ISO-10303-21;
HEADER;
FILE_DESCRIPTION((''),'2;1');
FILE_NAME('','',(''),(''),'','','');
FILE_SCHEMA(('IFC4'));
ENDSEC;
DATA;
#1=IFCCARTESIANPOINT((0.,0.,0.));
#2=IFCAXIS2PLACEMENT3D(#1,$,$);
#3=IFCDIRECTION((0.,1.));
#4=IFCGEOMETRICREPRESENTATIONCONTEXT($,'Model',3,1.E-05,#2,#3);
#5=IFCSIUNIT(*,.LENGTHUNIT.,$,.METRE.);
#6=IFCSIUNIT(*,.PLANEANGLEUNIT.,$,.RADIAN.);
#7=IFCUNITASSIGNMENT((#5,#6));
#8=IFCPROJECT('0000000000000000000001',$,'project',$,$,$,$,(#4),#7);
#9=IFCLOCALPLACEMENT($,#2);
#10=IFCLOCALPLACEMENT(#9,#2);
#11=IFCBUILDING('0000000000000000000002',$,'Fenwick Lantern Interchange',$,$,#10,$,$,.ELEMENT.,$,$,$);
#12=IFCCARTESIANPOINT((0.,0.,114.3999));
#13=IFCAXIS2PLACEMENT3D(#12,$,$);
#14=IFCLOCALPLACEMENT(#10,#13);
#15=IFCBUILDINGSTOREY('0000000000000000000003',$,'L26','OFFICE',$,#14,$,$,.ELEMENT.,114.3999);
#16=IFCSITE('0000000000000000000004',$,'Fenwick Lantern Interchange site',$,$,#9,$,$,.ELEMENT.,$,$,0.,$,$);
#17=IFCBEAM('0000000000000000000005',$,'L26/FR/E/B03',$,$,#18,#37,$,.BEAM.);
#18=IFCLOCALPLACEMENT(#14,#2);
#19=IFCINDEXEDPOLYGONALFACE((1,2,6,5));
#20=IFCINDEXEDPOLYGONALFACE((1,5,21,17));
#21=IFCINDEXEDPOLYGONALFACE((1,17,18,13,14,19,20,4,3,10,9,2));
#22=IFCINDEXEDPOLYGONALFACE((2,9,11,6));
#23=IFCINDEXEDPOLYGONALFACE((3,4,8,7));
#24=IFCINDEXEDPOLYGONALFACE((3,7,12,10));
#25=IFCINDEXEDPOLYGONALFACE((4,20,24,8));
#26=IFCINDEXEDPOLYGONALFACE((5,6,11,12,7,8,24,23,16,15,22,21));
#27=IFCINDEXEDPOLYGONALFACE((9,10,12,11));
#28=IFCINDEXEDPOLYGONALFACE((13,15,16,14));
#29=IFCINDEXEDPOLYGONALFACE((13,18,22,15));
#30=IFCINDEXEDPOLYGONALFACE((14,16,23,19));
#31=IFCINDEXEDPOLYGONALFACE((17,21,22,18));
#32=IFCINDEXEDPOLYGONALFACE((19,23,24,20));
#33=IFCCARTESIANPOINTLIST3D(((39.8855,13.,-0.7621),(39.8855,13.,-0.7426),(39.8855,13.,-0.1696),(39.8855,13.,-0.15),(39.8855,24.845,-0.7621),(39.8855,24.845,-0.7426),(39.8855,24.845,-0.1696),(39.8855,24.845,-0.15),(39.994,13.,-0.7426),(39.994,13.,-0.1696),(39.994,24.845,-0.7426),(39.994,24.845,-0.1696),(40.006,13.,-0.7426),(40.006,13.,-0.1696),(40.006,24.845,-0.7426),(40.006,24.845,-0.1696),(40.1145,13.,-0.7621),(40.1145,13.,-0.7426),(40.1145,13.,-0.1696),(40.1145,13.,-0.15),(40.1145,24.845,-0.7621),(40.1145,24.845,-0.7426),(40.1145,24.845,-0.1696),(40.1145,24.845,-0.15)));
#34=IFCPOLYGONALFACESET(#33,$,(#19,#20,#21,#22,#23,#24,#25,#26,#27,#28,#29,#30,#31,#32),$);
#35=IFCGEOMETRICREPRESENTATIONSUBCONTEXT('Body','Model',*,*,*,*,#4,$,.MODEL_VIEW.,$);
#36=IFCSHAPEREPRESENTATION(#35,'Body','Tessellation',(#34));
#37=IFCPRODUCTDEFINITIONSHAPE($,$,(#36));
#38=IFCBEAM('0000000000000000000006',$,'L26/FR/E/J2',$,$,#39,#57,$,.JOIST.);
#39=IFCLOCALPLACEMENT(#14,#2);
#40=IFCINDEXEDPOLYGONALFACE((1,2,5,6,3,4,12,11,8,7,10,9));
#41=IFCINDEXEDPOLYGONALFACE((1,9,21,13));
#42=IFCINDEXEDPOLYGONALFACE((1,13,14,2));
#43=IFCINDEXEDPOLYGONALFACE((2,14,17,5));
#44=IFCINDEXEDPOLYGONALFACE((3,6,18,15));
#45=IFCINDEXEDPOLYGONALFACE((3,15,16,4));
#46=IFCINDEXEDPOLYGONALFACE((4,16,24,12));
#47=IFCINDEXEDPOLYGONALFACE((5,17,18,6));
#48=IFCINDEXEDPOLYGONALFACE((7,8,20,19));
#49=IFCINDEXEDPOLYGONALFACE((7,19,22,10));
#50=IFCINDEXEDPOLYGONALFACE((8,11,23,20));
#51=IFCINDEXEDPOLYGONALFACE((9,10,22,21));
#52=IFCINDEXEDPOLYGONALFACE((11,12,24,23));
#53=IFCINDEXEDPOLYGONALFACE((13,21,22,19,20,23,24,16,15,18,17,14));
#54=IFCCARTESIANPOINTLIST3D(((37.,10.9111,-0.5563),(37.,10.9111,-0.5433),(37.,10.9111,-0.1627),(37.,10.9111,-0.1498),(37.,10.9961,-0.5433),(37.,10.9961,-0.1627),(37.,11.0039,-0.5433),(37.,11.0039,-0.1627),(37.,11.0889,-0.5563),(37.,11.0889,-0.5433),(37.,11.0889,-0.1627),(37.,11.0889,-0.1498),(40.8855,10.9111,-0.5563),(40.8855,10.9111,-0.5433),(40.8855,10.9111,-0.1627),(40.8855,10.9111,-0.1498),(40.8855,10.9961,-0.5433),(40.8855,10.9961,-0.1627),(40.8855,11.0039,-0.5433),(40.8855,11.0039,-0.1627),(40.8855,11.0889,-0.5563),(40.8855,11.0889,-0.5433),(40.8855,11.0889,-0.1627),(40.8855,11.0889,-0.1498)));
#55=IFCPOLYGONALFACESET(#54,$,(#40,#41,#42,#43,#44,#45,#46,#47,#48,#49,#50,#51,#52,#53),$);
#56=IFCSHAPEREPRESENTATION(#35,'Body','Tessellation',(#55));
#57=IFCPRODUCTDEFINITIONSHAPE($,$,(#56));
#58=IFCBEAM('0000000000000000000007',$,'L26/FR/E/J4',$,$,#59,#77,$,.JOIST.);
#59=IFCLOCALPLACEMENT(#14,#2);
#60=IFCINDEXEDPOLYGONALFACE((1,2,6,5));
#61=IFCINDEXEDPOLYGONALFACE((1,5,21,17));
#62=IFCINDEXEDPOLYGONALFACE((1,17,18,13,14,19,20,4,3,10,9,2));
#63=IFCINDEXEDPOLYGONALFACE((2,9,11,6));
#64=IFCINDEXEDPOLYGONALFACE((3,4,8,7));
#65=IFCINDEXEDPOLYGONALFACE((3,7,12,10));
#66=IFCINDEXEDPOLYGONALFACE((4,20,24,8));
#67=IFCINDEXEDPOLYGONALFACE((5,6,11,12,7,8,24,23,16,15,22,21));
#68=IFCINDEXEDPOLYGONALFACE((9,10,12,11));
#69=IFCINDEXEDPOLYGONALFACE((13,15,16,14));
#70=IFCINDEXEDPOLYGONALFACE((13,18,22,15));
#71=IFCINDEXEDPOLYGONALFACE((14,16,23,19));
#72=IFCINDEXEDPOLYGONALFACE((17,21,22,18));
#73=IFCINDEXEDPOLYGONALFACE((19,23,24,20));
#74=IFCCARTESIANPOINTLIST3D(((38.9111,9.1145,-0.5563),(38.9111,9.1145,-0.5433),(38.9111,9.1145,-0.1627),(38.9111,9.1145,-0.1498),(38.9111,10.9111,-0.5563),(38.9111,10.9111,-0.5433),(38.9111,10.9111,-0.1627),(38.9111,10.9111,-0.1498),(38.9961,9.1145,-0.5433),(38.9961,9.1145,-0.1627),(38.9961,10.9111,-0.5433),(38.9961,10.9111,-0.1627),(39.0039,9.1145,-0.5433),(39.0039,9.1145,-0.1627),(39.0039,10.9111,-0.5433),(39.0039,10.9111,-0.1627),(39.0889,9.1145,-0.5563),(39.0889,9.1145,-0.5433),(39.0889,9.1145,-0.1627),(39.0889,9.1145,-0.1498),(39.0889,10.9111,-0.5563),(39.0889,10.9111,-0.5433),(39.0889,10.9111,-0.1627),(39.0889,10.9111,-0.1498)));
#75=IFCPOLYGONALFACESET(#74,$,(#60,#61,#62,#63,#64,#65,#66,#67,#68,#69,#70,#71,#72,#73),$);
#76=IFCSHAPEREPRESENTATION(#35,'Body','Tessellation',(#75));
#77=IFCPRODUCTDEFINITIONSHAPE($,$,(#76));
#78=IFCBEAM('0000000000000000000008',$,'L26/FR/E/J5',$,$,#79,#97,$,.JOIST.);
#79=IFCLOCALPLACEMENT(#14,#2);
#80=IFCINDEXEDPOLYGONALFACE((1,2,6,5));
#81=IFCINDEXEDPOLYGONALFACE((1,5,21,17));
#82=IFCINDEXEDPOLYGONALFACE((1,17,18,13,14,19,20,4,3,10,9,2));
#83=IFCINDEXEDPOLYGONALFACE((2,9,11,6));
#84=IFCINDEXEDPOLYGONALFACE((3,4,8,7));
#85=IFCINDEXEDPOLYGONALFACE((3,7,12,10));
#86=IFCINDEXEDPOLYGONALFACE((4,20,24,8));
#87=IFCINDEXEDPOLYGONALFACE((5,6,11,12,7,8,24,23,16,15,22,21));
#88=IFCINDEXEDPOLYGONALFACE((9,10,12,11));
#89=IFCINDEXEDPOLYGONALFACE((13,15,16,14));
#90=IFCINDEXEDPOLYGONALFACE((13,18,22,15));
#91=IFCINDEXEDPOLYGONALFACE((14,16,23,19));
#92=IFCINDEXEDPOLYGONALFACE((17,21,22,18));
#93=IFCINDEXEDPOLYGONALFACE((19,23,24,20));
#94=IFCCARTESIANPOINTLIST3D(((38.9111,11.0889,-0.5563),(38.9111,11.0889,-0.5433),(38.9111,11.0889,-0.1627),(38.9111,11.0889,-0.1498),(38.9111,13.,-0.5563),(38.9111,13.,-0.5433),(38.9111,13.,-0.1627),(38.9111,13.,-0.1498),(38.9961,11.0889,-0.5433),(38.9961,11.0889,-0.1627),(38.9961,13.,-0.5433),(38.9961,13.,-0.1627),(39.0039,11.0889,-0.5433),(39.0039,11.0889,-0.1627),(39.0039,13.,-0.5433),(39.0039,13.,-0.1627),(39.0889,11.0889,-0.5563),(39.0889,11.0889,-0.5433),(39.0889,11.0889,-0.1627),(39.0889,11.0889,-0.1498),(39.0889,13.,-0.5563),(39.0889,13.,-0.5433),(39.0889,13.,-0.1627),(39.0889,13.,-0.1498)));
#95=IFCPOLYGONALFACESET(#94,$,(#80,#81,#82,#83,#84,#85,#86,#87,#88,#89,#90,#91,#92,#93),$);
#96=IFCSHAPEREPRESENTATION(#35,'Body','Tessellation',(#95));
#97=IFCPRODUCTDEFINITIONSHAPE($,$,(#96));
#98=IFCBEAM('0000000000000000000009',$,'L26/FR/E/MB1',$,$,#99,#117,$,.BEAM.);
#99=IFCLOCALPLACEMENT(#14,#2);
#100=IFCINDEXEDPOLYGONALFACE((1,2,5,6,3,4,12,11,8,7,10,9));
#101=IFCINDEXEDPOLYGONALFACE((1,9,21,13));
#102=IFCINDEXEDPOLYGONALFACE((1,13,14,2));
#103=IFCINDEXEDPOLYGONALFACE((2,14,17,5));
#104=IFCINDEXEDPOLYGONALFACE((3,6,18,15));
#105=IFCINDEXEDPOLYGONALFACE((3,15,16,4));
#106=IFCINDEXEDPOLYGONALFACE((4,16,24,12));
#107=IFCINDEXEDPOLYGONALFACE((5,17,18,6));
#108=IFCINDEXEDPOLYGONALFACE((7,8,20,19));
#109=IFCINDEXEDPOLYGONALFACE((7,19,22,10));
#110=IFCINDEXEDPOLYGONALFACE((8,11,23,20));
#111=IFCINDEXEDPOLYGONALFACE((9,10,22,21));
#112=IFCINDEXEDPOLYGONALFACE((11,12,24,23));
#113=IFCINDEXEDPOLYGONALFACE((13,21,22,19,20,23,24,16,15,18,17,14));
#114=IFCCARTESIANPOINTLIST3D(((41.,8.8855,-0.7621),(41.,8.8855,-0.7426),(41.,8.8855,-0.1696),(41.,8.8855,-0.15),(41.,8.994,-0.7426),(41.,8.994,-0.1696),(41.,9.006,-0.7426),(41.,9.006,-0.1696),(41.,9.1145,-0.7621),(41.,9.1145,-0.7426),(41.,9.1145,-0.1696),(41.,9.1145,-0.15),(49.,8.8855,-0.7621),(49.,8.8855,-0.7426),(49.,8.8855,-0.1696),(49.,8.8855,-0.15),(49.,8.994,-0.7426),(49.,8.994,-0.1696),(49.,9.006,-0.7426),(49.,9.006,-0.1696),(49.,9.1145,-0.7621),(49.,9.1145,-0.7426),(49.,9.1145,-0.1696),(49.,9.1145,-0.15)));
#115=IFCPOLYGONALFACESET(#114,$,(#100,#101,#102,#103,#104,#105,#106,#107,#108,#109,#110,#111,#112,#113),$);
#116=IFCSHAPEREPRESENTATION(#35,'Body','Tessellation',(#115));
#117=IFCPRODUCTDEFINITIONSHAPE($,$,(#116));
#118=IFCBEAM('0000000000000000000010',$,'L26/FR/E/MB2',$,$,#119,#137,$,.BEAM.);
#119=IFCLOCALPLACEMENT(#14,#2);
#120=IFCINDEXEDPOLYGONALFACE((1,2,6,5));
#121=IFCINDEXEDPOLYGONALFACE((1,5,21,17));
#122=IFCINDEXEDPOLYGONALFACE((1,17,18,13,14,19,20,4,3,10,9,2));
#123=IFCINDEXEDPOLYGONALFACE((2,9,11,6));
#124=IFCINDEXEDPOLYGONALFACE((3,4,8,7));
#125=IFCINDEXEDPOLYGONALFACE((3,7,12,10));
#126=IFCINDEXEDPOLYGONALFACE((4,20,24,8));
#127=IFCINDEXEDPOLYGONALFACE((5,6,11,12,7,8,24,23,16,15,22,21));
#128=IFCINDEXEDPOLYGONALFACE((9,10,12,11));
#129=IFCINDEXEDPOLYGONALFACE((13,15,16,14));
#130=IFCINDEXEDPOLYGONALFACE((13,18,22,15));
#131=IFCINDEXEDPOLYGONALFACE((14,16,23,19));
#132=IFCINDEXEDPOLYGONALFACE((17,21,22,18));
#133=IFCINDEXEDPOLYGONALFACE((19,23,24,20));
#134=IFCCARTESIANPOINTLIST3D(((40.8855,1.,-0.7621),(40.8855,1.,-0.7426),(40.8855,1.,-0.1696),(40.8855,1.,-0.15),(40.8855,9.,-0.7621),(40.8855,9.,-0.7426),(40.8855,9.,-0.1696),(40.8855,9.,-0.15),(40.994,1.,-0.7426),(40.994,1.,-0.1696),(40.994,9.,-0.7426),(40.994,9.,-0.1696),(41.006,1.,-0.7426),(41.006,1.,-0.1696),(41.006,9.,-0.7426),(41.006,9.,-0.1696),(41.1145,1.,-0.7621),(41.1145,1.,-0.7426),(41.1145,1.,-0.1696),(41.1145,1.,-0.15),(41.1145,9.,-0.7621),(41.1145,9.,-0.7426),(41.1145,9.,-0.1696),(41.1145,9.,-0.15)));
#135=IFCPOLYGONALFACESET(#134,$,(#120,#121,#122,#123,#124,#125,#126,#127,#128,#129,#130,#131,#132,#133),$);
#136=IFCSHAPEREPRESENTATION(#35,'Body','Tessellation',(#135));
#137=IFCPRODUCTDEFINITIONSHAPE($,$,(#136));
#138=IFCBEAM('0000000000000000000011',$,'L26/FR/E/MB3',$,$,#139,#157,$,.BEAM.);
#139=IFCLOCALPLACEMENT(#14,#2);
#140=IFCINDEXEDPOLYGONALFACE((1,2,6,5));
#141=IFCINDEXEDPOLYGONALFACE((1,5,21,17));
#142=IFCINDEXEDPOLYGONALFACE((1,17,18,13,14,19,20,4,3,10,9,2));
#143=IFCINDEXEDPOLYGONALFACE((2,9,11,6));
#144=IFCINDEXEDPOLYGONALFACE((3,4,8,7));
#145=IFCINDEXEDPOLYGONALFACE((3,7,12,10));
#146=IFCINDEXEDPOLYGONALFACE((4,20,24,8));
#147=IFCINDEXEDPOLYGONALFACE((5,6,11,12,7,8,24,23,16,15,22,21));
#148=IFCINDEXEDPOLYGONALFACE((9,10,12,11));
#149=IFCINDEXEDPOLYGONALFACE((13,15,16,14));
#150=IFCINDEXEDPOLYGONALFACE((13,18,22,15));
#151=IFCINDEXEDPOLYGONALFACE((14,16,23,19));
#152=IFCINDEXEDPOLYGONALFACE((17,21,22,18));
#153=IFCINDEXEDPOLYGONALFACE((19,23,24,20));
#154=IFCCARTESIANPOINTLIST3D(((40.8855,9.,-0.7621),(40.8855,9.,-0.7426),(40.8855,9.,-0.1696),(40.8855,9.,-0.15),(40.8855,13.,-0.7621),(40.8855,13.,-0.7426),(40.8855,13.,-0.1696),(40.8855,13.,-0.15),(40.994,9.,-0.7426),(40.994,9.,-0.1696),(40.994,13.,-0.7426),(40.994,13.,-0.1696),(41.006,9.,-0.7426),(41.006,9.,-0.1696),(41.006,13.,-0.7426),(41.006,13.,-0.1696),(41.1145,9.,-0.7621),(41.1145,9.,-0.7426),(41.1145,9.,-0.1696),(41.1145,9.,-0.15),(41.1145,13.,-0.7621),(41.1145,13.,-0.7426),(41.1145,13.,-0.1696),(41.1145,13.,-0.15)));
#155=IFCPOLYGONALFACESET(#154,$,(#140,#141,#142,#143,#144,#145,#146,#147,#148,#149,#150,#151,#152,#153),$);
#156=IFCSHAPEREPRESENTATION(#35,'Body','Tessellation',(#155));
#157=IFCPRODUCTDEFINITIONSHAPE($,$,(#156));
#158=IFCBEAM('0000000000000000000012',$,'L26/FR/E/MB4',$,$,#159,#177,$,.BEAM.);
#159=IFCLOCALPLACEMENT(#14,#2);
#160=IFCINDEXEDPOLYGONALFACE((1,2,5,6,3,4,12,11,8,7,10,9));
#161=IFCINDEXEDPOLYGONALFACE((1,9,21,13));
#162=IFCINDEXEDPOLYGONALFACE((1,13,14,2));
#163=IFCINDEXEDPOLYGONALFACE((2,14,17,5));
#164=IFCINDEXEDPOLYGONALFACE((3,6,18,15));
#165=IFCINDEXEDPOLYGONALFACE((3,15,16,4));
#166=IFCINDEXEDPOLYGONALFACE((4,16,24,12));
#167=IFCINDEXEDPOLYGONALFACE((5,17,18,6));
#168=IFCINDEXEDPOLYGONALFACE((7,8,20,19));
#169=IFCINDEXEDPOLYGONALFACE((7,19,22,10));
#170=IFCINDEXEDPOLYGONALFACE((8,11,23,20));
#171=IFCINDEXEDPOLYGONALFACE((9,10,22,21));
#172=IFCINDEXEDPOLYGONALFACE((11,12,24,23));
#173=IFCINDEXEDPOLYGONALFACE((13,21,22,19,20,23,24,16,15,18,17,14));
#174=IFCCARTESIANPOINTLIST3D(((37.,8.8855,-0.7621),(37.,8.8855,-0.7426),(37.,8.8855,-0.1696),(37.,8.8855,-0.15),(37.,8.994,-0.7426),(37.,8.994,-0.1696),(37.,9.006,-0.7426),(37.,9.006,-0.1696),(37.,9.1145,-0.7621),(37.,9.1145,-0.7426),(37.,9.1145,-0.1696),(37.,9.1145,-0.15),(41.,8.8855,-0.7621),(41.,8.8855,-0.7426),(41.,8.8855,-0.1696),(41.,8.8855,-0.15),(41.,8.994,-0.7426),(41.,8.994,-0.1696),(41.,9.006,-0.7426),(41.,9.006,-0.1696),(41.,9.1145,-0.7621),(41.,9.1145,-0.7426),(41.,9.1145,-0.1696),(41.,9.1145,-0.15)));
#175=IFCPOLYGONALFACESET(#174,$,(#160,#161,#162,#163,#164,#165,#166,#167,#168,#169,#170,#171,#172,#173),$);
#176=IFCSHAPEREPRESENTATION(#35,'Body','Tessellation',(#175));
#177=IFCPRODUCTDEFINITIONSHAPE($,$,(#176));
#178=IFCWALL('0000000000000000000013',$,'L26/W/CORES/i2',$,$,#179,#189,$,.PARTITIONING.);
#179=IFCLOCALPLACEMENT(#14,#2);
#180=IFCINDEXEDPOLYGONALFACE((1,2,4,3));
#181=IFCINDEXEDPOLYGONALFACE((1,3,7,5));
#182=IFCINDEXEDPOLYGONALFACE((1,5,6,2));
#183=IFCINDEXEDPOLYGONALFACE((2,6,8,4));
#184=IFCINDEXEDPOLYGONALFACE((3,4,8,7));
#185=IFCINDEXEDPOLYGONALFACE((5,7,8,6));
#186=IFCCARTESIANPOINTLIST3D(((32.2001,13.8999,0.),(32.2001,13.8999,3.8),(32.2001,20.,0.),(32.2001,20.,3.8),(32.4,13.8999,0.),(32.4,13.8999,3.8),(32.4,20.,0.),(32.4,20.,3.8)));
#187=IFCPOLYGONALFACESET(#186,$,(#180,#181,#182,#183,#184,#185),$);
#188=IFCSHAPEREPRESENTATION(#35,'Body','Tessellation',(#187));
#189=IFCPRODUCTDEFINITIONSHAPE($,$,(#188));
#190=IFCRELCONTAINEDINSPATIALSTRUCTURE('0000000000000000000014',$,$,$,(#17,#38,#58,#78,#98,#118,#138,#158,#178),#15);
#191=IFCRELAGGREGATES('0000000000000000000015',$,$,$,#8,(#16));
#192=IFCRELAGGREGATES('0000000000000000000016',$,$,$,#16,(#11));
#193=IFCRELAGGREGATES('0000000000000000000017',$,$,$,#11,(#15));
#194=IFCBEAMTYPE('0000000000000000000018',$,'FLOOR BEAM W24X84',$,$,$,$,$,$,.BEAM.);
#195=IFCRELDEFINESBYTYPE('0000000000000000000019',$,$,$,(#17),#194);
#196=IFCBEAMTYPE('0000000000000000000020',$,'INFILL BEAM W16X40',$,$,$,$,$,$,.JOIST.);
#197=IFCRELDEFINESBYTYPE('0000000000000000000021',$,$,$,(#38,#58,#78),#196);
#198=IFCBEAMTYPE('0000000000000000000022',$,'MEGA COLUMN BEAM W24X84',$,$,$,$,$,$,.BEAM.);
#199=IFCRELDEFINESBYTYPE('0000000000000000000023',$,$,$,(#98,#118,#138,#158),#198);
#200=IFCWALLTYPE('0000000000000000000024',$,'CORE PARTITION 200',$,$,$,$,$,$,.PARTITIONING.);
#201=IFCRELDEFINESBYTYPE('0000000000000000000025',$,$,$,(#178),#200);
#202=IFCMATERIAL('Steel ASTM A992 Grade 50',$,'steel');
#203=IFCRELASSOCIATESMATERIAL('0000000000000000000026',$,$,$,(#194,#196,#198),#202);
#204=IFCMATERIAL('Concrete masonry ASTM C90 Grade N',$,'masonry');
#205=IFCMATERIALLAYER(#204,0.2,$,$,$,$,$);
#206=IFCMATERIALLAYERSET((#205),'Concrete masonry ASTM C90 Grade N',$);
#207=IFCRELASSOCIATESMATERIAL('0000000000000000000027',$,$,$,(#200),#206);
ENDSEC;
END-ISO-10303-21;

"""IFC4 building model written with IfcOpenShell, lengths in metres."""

from ifc_helpers import new_model, si_unit, direction, frame, frame_2d, origin, origin_2d, place, context, subcontext, project, spatial, rectangle, i_section, extrude, material, layer, layer_set, material_profile, profile_set, type_object, element, save


model = new_model("IFC4")

# Units and contexts
model_context = context("Model", 3, precision=1e-05, world=origin(), true_north=direction((0.0, 1.0)))
body_context = subcontext(model_context, "Body", "Model", "MODEL_VIEW")
ifc_project = project(units=[si_unit("LENGTHUNIT", "METRE"), si_unit("PLANEANGLEUNIT", "RADIAN")], contexts=[model_context])

# Site, building, storey
site_placement = place(None, origin())
site = spatial("IfcSite", under=ifc_project, at=site_placement, Name="Fenwick Lantern Interchange site", CompositionType="ELEMENT", RefElevation=0.0)
building_placement = place(site_placement, origin())
building = spatial("IfcBuilding", under=site, at=building_placement, Name="Fenwick Lantern Interchange", CompositionType="ELEMENT")
storey_placement = place(building_placement, frame((0.0, 0.0, 114.3999)))
storey = spatial("IfcBuildingStorey", under=building, at=storey_placement, Name="L26", Description="OFFICE", CompositionType="ELEMENT", Elevation=114.3999)

# Beams
ifc_material_1 = material(Name="Steel ASTM A992 Grade 50", Category="steel")
ifc_material_profile_1 = material_profile(ifc_material_1, i_section(OverallWidth=0.229, OverallDepth=0.6121, WebThickness=0.012, FlangeThickness=0.0195, at=origin_2d()), Name="W24X84")
ifc_profile_set_1 = profile_set([ifc_material_profile_1], Name="Steel ASTM A992 Grade 50")
beam_type_1 = type_object("IfcBeamType", Name="FLOOR BEAM W24X84", PredefinedType="BEAM", material=ifc_profile_set_1)
beam_1_placement = place(storey_placement, frame((40.0, 13.0, -0.4561), z_axis=(0.0, 1.0, 0.0), x_axis=(-1.0, 0.0, 0.0)))
element("IfcBeam", 1, at=beam_1_placement, inside=storey, type_object=beam_type_1, Name="L26/FR/E/B03", PredefinedType="BEAM", context=body_context, shape_type="SweptSolid", body=[
    extrude(i_section(OverallWidth=0.229, OverallDepth=0.6121, WebThickness=0.012, FlangeThickness=0.0195, at=origin_2d()), origin(), (0.0, 0.0, 1.0), 11.845),
])
ifc_material_profile_2 = material_profile(ifc_material_1, i_section(OverallWidth=0.1777, OverallDepth=0.4065, WebThickness=0.0078, FlangeThickness=0.0129, at=origin_2d()), Name="W16X40")
ifc_profile_set_2 = profile_set([ifc_material_profile_2], Name="Steel ASTM A992 Grade 50")
beam_type_2 = type_object("IfcBeamType", Name="INFILL BEAM W16X40", PredefinedType="JOIST", material=ifc_profile_set_2)
beam_2_placement = place(storey_placement, frame((40.8855, 11.0, -0.353), z_axis=(-1.0, 0.0, 0.0), x_axis=(0.0, -1.0, 0.0)))
element("IfcBeam", 2, at=beam_2_placement, inside=storey, type_object=beam_type_2, Name="L26/FR/E/J2", PredefinedType="JOIST", context=body_context, shape_type="SweptSolid", body=[
    extrude(i_section(OverallWidth=0.1777, OverallDepth=0.4065, WebThickness=0.0078, FlangeThickness=0.0129, at=origin_2d()), origin(), (0.0, 0.0, 1.0), 3.8855),
])
beam_3_placement = place(storey_placement, frame((39.0, 9.1145, -0.353), z_axis=(0.0, 1.0, 0.0), x_axis=(-1.0, 0.0, 0.0)))
element("IfcBeam", 3, at=beam_3_placement, inside=storey, type_object=beam_type_2, Name="L26/FR/E/J4", PredefinedType="JOIST", context=body_context, shape_type="SweptSolid", body=[
    extrude(i_section(OverallWidth=0.1777, OverallDepth=0.4065, WebThickness=0.0078, FlangeThickness=0.0129, at=origin_2d()), origin(), (0.0, 0.0, 1.0), 1.7966),
])
beam_4_placement = place(storey_placement, frame((39.0, 11.0889, -0.353), z_axis=(0.0, 1.0, 0.0), x_axis=(-1.0, 0.0, 0.0)))
element("IfcBeam", 4, at=beam_4_placement, inside=storey, type_object=beam_type_2, Name="L26/FR/E/J5", PredefinedType="JOIST", context=body_context, shape_type="SweptSolid", body=[
    extrude(i_section(OverallWidth=0.1777, OverallDepth=0.4065, WebThickness=0.0078, FlangeThickness=0.0129, at=origin_2d()), origin(), (0.0, 0.0, 1.0), 1.9111),
])
ifc_material_profile_3 = material_profile(ifc_material_1, i_section(OverallWidth=0.229, OverallDepth=0.6121, WebThickness=0.012, FlangeThickness=0.0195, at=origin_2d()), Name="W24X84")
ifc_profile_set_3 = profile_set([ifc_material_profile_3], Name="Steel ASTM A992 Grade 50")
beam_type_3 = type_object("IfcBeamType", Name="MEGA COLUMN BEAM W24X84", PredefinedType="BEAM", material=ifc_profile_set_3)
for number, where, z_axis, x_axis, name in (
    (5, (41.0, 9.0, -0.4561), (1.0, 0.0, 0.0), (0.0, 1.0, 0.0), "L26/FR/E/MB1"),
    (6, (41.0, 9.0, -0.4561), (0.0, -1.0, 0.0), (1.0, 0.0, 0.0), "L26/FR/E/MB2"),
):
    element("IfcBeam", number, at=place(storey_placement, frame(where, z_axis=z_axis, x_axis=x_axis)), inside=storey, type_object=beam_type_3, Name=name, PredefinedType="BEAM", context=body_context, shape_type="SweptSolid", body=[
        extrude(i_section(OverallWidth=0.229, OverallDepth=0.6121, WebThickness=0.012, FlangeThickness=0.0195, at=origin_2d()), origin(), (0.0, 0.0, 1.0), 8.0),
    ])
for number, where, z_axis, x_axis, name in (
    (7, (41.0, 9.0, -0.4561), (0.0, 1.0, 0.0), (-1.0, 0.0, 0.0), "L26/FR/E/MB3"),
    (8, (41.0, 9.0, -0.4561), (-1.0, 0.0, 0.0), (0.0, -1.0, 0.0), "L26/FR/E/MB4"),
):
    element("IfcBeam", number, at=place(storey_placement, frame(where, z_axis=z_axis, x_axis=x_axis)), inside=storey, type_object=beam_type_3, Name=name, PredefinedType="BEAM", context=body_context, shape_type="SweptSolid", body=[
        extrude(i_section(OverallWidth=0.229, OverallDepth=0.6121, WebThickness=0.012, FlangeThickness=0.0195, at=origin_2d()), origin(), (0.0, 0.0, 1.0), 4.0),
    ])

# Wall
ifc_material_2 = material(Name="Concrete masonry ASTM C90 Grade N", Category="masonry")
ifc_layer_1 = layer(ifc_material_2, 0.2)
ifc_layer_set_1 = layer_set([ifc_layer_1], Name="Concrete masonry ASTM C90 Grade N")
wall_type_1 = type_object("IfcWallType", Name="CORE PARTITION 200", PredefinedType="PARTITIONING", material=ifc_layer_set_1)
wall_1_placement = place(storey_placement, frame((32.3, 13.8999, 0.0), z_axis=(0.0, 0.0, 1.0), x_axis=(0.0, 1.0, 0.0)))
element("IfcWall", 9, at=wall_1_placement, inside=storey, type_object=wall_type_1, Name="L26/W/CORES/i2", PredefinedType="PARTITIONING", context=body_context, shape_type="SweptSolid", body=[
    extrude(rectangle(XDim=6.1001, YDim=0.2, at=frame_2d((3.05, 0.0))), origin(), (0.0, 0.0, 1.0), 3.8),
])

save(model, "model.ifc")
